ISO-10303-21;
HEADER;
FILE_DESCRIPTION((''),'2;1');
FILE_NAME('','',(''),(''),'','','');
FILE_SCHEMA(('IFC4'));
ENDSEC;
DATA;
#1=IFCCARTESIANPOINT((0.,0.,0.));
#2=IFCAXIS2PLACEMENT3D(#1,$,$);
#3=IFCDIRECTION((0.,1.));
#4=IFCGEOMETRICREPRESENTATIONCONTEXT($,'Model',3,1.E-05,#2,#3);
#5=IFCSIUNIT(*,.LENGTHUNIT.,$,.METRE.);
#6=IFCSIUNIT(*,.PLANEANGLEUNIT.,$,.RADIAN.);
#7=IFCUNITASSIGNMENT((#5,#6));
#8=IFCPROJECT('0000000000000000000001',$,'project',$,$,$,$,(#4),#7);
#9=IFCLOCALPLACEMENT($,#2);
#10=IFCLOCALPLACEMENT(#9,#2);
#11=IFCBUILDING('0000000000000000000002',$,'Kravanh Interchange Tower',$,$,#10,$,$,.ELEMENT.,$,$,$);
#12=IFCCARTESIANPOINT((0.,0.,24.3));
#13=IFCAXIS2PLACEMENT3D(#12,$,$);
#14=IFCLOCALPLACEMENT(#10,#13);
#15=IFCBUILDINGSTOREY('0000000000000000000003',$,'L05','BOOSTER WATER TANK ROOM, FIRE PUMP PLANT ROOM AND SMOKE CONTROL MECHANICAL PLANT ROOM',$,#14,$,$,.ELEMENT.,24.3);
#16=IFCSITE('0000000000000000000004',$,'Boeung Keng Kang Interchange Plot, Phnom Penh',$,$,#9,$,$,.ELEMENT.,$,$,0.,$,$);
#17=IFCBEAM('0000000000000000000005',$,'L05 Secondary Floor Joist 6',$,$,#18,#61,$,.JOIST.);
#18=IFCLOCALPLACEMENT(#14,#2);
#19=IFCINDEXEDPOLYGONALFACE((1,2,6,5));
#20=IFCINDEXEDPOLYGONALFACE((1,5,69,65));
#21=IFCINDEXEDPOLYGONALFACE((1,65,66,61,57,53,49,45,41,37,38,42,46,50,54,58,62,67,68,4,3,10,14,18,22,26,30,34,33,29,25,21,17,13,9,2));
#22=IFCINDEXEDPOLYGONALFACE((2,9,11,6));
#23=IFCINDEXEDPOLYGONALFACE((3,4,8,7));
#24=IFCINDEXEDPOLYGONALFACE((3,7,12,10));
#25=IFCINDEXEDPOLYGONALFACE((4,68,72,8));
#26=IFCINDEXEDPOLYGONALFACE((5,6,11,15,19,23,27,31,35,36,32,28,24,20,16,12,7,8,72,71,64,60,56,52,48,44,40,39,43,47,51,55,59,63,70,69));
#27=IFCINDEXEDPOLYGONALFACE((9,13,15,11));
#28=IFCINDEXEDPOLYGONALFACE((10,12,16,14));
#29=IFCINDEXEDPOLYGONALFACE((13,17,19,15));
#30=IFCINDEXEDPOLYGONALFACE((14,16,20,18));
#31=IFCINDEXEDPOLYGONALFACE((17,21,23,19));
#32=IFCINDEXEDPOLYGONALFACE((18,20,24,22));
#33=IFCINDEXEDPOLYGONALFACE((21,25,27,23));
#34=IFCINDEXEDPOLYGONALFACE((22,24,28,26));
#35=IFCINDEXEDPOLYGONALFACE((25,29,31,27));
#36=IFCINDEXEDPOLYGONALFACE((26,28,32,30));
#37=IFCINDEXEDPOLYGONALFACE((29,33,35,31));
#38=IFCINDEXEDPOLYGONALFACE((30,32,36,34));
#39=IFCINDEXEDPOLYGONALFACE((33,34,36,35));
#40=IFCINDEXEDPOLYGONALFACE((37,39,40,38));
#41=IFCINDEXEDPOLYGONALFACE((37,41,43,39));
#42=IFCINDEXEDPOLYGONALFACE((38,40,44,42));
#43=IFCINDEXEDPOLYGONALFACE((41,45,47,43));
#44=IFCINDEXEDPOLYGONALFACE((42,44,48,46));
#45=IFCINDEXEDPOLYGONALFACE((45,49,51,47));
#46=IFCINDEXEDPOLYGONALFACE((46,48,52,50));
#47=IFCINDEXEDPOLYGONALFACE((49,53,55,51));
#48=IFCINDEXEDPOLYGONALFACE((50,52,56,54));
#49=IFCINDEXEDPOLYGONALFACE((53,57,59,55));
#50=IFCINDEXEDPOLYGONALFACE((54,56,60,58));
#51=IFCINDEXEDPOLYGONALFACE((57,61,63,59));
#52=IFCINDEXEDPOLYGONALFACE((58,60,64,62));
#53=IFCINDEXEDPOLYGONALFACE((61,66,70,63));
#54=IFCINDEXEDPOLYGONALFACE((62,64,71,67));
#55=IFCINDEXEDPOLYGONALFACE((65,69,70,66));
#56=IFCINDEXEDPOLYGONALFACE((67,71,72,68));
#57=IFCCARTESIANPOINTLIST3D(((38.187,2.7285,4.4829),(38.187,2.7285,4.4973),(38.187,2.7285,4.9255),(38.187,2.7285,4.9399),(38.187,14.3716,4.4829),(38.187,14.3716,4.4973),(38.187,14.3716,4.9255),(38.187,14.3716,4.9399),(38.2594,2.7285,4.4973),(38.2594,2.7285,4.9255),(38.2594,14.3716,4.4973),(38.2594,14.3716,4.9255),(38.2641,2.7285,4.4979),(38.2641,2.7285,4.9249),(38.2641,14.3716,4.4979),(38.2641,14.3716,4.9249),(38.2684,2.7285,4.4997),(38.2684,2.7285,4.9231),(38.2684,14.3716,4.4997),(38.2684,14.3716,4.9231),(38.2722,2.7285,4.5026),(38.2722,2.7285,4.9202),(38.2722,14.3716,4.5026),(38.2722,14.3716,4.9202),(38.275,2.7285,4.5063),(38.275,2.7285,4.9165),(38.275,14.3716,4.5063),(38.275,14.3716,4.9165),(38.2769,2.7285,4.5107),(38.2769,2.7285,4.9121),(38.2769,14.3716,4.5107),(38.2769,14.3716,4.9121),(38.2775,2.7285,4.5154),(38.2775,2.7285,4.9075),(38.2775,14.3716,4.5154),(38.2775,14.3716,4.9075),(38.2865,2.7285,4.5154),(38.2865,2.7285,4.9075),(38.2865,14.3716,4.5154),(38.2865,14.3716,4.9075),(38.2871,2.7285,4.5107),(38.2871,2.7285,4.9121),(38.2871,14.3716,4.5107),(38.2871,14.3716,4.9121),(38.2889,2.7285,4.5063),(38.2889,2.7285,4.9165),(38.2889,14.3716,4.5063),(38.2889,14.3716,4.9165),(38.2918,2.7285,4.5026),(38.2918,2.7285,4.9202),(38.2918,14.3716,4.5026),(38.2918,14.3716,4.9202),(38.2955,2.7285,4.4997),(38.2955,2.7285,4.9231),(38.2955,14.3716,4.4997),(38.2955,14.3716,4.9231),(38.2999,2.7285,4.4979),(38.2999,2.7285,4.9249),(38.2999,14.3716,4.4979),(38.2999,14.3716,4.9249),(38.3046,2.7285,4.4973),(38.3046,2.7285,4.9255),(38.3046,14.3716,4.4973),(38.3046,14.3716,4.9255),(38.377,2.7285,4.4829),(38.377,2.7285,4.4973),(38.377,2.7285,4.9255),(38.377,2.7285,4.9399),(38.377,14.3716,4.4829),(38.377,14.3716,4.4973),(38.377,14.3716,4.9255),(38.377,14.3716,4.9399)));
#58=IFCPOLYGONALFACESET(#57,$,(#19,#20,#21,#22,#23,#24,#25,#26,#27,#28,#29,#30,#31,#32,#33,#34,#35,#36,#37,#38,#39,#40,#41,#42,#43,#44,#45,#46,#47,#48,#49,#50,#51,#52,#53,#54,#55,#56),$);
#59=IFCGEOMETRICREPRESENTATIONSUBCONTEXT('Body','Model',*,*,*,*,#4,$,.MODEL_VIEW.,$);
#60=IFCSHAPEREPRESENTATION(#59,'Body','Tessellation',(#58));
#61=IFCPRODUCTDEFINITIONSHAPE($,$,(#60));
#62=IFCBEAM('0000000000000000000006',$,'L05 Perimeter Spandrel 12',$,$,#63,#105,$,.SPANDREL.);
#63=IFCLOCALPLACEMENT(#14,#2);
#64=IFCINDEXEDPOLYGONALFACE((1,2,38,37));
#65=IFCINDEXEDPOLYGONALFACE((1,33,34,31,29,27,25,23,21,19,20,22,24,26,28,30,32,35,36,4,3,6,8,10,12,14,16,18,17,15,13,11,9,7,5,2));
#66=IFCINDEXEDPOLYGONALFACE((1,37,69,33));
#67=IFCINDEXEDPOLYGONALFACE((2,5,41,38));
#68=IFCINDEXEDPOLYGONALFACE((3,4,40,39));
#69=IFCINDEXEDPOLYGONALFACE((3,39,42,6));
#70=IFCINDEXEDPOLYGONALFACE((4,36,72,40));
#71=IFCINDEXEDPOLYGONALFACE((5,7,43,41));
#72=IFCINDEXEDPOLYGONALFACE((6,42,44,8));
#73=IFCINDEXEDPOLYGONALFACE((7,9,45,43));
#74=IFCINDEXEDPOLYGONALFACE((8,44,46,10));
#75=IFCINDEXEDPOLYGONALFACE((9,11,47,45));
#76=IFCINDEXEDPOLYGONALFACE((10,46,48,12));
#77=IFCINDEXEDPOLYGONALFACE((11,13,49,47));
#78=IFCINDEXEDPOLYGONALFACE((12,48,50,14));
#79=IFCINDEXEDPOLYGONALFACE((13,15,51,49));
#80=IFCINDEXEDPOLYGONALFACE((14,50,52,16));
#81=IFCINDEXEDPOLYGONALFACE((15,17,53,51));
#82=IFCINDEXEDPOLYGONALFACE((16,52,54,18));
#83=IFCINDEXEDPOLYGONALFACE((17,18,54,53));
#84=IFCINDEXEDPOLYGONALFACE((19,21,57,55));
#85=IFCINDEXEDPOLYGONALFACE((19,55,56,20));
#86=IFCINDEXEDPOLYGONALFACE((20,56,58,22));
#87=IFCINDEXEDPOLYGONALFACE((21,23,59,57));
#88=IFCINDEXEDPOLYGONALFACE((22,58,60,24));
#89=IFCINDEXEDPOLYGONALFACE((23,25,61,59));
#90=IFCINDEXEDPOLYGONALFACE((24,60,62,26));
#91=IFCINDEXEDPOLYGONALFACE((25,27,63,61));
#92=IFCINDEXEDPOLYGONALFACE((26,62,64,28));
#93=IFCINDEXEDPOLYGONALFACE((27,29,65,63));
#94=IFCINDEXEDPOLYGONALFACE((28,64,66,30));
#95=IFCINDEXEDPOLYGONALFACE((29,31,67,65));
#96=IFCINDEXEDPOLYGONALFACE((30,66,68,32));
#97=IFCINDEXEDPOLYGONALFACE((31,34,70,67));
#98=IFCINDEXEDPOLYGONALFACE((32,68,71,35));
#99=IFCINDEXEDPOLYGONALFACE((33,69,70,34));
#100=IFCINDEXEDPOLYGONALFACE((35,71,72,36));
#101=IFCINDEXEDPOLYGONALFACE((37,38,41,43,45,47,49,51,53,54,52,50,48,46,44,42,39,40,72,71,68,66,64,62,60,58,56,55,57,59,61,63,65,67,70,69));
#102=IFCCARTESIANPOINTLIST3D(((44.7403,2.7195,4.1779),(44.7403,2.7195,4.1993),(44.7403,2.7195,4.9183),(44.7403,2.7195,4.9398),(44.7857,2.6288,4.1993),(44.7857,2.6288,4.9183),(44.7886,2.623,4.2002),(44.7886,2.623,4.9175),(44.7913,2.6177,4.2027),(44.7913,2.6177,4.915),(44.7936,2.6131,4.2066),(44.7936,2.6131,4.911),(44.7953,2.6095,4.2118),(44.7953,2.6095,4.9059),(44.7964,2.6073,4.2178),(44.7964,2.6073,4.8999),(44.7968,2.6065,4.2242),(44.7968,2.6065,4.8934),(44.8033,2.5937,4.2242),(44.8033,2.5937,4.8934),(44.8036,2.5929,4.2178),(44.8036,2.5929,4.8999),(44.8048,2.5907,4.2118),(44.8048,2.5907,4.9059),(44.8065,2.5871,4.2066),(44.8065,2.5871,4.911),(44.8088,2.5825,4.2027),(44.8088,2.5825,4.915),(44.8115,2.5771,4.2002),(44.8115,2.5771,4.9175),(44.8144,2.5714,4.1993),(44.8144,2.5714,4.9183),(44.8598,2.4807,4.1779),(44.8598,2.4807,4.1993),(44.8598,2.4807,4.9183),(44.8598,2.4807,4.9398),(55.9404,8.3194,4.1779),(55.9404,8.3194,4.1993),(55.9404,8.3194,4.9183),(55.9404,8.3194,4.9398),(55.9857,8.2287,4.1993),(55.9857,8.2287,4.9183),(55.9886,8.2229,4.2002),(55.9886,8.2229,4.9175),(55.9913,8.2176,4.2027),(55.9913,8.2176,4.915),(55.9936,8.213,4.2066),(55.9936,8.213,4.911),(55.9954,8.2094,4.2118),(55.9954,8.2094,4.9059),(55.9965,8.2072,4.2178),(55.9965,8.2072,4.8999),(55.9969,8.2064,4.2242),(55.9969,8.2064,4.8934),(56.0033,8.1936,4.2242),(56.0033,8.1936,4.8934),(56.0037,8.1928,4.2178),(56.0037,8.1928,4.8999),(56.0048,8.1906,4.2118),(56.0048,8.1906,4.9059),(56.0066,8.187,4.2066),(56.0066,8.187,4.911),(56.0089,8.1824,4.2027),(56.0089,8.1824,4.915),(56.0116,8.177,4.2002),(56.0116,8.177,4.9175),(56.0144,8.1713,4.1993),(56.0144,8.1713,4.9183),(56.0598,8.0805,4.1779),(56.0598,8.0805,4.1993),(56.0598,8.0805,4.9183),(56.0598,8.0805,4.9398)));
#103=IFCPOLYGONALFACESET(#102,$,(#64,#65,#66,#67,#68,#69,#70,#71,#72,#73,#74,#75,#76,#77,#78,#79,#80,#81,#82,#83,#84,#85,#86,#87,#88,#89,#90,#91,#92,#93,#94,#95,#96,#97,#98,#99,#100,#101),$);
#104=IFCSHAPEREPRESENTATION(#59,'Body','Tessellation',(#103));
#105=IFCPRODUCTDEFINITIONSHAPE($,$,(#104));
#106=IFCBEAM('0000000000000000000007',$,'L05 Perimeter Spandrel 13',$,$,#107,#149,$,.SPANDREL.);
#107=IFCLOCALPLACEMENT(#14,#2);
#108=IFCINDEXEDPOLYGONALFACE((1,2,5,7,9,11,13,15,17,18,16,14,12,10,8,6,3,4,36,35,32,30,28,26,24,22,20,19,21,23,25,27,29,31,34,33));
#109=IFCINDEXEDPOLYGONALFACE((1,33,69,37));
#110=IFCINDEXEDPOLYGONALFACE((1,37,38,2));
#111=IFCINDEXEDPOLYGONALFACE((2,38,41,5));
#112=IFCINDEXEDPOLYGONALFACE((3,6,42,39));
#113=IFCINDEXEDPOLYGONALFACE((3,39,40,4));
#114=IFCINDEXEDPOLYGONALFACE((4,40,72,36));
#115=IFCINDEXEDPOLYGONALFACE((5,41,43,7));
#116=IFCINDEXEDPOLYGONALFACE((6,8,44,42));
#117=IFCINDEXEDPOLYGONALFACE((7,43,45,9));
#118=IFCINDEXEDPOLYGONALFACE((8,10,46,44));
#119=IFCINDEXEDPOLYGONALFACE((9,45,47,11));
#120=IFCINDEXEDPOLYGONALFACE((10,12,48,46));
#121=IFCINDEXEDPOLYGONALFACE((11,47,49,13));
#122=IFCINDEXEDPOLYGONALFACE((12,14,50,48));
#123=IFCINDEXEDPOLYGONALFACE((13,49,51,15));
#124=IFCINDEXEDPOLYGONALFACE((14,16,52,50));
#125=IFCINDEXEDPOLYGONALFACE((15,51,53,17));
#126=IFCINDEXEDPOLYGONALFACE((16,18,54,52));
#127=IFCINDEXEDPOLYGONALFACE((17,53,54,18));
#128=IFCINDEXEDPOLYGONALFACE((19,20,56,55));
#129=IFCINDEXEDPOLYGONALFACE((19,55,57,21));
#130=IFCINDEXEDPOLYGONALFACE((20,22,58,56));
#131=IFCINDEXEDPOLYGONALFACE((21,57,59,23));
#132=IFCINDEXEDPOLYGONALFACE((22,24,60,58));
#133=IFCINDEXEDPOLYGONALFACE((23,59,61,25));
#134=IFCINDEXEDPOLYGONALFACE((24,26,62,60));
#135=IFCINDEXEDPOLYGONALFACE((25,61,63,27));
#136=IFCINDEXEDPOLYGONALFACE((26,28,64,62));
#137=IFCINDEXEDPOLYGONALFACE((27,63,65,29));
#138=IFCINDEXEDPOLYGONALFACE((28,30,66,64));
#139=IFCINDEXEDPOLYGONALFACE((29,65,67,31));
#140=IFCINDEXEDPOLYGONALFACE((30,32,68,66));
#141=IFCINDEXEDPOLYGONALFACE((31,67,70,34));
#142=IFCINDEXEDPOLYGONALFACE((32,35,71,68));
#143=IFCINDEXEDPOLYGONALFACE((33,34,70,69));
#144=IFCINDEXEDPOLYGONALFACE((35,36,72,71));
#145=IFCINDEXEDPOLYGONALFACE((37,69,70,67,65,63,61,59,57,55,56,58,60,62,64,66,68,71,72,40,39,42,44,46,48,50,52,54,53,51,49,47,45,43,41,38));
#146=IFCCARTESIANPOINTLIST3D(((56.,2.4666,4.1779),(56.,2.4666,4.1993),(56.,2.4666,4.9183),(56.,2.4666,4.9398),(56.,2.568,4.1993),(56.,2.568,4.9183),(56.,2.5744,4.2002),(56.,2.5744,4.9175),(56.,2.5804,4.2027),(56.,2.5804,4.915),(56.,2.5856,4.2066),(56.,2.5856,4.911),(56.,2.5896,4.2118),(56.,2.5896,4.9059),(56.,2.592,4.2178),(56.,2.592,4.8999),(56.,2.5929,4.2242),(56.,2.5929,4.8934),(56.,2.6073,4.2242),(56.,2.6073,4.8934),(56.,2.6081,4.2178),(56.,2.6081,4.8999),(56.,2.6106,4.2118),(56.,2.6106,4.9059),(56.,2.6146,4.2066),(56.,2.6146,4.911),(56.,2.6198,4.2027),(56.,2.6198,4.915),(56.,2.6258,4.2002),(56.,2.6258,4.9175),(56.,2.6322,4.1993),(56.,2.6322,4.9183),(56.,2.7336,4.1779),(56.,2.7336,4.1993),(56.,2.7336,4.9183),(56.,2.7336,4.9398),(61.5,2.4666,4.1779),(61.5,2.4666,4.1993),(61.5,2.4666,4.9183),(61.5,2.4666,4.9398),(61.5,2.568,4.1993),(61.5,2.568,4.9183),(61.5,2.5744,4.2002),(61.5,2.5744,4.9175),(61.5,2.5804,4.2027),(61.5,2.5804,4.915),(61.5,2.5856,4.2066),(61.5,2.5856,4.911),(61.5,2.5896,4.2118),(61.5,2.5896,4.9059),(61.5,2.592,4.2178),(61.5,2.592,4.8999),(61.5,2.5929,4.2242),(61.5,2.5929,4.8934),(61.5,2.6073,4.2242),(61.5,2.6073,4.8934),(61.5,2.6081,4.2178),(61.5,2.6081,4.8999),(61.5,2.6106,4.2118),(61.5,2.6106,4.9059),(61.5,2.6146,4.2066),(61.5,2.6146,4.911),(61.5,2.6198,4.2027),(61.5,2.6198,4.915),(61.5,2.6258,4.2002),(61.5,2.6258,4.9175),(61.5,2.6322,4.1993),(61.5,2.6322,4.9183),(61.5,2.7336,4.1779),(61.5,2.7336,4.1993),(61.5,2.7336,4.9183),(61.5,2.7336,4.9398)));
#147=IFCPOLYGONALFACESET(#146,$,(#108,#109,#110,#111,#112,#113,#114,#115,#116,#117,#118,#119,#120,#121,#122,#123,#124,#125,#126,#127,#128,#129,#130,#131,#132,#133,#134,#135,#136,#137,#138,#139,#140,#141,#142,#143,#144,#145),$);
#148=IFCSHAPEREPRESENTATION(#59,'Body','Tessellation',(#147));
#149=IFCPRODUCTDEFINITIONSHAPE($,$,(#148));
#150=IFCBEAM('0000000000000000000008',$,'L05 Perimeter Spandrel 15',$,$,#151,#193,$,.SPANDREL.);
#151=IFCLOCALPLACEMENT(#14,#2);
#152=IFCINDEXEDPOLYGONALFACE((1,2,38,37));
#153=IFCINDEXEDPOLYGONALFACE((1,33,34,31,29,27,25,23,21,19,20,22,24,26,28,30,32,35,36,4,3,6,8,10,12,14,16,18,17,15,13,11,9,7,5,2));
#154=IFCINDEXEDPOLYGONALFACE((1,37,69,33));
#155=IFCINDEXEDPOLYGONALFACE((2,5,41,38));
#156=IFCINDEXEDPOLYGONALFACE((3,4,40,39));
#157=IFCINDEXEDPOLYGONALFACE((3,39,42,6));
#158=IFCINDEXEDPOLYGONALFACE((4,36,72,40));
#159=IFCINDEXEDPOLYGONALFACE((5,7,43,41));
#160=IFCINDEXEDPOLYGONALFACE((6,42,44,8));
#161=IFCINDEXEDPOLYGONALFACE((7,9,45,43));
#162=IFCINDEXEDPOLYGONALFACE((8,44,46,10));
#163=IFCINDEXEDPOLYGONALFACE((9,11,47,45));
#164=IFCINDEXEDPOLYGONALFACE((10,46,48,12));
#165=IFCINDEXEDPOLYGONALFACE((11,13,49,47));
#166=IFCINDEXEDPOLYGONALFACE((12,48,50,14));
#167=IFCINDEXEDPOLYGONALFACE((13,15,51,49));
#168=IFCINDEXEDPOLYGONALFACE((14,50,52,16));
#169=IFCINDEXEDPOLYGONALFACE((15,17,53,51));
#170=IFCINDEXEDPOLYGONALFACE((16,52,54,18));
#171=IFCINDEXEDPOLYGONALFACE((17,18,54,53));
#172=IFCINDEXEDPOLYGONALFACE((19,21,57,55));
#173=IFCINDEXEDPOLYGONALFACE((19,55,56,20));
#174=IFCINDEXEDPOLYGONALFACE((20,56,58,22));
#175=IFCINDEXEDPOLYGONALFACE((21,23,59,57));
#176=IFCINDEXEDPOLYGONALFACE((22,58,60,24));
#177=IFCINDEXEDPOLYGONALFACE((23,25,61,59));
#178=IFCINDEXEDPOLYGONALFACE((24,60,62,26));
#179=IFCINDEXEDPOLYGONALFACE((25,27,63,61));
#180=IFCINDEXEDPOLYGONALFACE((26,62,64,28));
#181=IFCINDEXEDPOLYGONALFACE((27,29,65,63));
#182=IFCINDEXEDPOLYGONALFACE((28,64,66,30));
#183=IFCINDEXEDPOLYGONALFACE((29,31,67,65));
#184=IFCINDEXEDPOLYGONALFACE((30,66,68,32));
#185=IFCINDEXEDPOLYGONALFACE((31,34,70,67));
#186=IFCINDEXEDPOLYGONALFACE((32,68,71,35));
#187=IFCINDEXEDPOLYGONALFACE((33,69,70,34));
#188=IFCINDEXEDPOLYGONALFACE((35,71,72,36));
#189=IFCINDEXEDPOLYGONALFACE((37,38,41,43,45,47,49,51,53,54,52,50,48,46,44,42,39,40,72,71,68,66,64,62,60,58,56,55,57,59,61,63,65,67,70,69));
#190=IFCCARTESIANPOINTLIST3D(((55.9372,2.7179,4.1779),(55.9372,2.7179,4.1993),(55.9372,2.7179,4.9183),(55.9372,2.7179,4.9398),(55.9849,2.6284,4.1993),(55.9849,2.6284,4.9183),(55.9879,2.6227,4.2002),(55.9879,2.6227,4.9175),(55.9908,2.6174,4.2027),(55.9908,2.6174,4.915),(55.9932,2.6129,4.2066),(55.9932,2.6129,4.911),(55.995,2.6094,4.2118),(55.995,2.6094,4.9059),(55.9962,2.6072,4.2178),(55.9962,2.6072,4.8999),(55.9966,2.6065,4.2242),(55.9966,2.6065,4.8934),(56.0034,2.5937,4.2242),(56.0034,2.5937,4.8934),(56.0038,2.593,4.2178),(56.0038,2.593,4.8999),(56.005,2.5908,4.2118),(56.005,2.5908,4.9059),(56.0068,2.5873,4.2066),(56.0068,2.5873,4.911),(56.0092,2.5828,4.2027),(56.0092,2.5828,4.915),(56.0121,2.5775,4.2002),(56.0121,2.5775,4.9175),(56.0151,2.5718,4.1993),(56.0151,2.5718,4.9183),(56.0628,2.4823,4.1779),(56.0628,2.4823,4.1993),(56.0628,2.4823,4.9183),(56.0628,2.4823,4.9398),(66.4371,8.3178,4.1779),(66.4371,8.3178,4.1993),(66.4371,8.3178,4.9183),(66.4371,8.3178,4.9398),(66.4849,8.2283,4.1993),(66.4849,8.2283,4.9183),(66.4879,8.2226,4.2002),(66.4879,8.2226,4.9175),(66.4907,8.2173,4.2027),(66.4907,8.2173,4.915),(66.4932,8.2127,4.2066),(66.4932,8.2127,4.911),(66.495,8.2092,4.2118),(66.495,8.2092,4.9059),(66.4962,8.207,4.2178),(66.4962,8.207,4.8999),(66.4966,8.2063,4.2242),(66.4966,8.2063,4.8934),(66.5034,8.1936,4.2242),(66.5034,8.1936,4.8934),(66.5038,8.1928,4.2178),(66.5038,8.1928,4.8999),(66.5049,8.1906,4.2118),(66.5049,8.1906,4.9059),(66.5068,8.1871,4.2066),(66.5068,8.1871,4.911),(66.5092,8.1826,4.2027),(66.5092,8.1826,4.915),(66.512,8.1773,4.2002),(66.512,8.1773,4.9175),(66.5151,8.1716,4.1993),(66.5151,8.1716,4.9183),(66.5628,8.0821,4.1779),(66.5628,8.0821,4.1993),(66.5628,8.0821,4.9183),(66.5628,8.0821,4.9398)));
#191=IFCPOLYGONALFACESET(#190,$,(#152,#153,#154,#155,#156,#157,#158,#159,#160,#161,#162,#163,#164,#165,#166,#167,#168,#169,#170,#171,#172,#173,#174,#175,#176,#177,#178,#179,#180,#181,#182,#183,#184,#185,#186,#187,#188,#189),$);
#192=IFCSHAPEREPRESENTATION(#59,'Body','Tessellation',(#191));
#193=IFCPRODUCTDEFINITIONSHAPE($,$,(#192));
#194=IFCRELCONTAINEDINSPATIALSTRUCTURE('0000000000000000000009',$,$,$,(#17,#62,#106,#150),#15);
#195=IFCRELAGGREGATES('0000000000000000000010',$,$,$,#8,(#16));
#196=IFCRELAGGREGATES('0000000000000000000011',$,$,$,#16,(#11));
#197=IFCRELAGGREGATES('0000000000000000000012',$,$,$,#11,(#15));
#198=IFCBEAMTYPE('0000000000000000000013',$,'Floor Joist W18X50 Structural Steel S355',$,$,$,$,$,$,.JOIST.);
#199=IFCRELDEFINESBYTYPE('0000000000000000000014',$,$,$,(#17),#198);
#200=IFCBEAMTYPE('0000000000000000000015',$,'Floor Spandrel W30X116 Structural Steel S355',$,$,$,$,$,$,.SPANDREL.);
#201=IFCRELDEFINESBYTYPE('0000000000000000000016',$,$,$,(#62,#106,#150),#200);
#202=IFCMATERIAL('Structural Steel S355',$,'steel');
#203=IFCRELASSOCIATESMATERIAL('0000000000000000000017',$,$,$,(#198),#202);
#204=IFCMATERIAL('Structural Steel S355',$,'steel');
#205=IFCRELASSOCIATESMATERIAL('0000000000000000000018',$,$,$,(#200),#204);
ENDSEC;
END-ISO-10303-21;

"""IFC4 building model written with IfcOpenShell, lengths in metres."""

from ifc_helpers import new_model, si_unit, direction, frame, origin, origin_2d, place, context, subcontext, project, spatial, i_section, extrude, material, material_profile, profile_set, type_object, element, save


model = new_model("IFC4")

# Units and contexts
model_context = context("Model", 3, precision=1e-05, world=origin(), true_north=direction((0.0, 1.0)))
body_context = subcontext(model_context, "Body", "Model", "MODEL_VIEW")
ifc_project = project(units=[si_unit("LENGTHUNIT", "METRE"), si_unit("PLANEANGLEUNIT", "RADIAN")], contexts=[model_context])

# Site, building, storey
site_placement = place(None, origin())
site = spatial("IfcSite", under=ifc_project, at=site_placement, Name="Boeung Keng Kang Interchange Plot, Phnom Penh", CompositionType="ELEMENT", RefElevation=0.0)
building_placement = place(site_placement, origin())
building = spatial("IfcBuilding", under=site, at=building_placement, Name="Kravanh Interchange Tower", CompositionType="ELEMENT")
storey_placement = place(building_placement, frame((0.0, 0.0, 24.3)))
storey = spatial("IfcBuildingStorey", under=building, at=storey_placement, Name="L05", Description="BOOSTER WATER TANK ROOM, FIRE PUMP PLANT ROOM AND SMOKE CONTROL MECHANICAL PLANT ROOM", CompositionType="ELEMENT", Elevation=24.3)

# Beams
ifc_material_1 = material(Name="Structural Steel S355", Category="steel")
ifc_material_profile_1 = material_profile(ifc_material_1, i_section(OverallWidth=0.1899, OverallDepth=0.457, WebThickness=0.009, FlangeThickness=0.0144, FilletRadius=0.0181, at=origin_2d()), Name="W18X50")
ifc_profile_set_1 = profile_set([ifc_material_profile_1], Name="Structural Steel S355")
beam_type_1 = type_object("IfcBeamType", Name="Floor Joist W18X50 Structural Steel S355", PredefinedType="JOIST", material=ifc_profile_set_1)
beam_1_placement = place(storey_placement, frame((38.282, 2.7285, 4.7114), z_axis=(0.0, 1.0, 0.0), x_axis=(-1.0, 0.0, 0.0)))
element("IfcBeam", 1, at=beam_1_placement, inside=storey, type_object=beam_type_1, Name="L05 Secondary Floor Joist 6", PredefinedType="JOIST", context=body_context, shape_type="SweptSolid", body=[
    extrude(i_section(OverallWidth=0.1899, OverallDepth=0.457, WebThickness=0.009, FlangeThickness=0.0144, FilletRadius=0.0181, at=origin_2d()), origin(), (0.0, 0.0, 1.0), 11.6431),
])
ifc_material_2 = material(Name="Structural Steel S355", Category="steel")
ifc_material_profile_2 = material_profile(ifc_material_2, i_section(OverallWidth=0.2671, OverallDepth=0.762, WebThickness=0.0144, FlangeThickness=0.0215, FilletRadius=0.0249, at=origin_2d()), Name="W30X116")
ifc_profile_set_2 = profile_set([ifc_material_profile_2], Name="Structural Steel S355")
beam_type_2 = type_object("IfcBeamType", Name="Floor Spandrel W30X116 Structural Steel S355", PredefinedType="SPANDREL", material=ifc_profile_set_2)
beam_2_placement = place(storey_placement, frame((44.8, 2.6001, 4.5588), z_axis=(0.894431, 0.447206, 0.0), x_axis=(-0.447206, 0.894431, 0.0)))
element("IfcBeam", 2, at=beam_2_placement, inside=storey, type_object=beam_type_2, Name="L05 Perimeter Spandrel 12", PredefinedType="SPANDREL", context=body_context, shape_type="SweptSolid", body=[
    extrude(i_section(OverallWidth=0.2671, OverallDepth=0.762, WebThickness=0.0144, FlangeThickness=0.0215, FilletRadius=0.0249, at=origin_2d()), origin(), (0.0, 0.0, 1.0), 12.522),
])
beam_3_placement = place(storey_placement, frame((56.0, 2.6001, 4.5588), z_axis=(1.0, 0.0, 0.0), x_axis=(0.0, 1.0, 0.0)))
element("IfcBeam", 3, at=beam_3_placement, inside=storey, type_object=beam_type_2, Name="L05 Perimeter Spandrel 13", PredefinedType="SPANDREL", context=body_context, shape_type="SweptSolid", body=[
    extrude(i_section(OverallWidth=0.2671, OverallDepth=0.762, WebThickness=0.0144, FlangeThickness=0.0215, FilletRadius=0.0249, at=origin_2d()), origin(), (0.0, 0.0, 1.0), 5.5),
])
beam_4_placement = place(storey_placement, frame((56.0, 2.6001, 4.5588), z_axis=(0.882358, 0.470579, 0.0), x_axis=(-0.470579, 0.882358, 0.0)))
element("IfcBeam", 4, at=beam_4_placement, inside=storey, type_object=beam_type_2, Name="L05 Perimeter Spandrel 15", PredefinedType="SPANDREL", context=body_context, shape_type="SweptSolid", body=[
    extrude(i_section(OverallWidth=0.2671, OverallDepth=0.762, WebThickness=0.0144, FlangeThickness=0.0215, FilletRadius=0.0249, at=origin_2d()), origin(), (0.0, 0.0, 1.0), 11.8999),
])

save(model, "model.ifc")
